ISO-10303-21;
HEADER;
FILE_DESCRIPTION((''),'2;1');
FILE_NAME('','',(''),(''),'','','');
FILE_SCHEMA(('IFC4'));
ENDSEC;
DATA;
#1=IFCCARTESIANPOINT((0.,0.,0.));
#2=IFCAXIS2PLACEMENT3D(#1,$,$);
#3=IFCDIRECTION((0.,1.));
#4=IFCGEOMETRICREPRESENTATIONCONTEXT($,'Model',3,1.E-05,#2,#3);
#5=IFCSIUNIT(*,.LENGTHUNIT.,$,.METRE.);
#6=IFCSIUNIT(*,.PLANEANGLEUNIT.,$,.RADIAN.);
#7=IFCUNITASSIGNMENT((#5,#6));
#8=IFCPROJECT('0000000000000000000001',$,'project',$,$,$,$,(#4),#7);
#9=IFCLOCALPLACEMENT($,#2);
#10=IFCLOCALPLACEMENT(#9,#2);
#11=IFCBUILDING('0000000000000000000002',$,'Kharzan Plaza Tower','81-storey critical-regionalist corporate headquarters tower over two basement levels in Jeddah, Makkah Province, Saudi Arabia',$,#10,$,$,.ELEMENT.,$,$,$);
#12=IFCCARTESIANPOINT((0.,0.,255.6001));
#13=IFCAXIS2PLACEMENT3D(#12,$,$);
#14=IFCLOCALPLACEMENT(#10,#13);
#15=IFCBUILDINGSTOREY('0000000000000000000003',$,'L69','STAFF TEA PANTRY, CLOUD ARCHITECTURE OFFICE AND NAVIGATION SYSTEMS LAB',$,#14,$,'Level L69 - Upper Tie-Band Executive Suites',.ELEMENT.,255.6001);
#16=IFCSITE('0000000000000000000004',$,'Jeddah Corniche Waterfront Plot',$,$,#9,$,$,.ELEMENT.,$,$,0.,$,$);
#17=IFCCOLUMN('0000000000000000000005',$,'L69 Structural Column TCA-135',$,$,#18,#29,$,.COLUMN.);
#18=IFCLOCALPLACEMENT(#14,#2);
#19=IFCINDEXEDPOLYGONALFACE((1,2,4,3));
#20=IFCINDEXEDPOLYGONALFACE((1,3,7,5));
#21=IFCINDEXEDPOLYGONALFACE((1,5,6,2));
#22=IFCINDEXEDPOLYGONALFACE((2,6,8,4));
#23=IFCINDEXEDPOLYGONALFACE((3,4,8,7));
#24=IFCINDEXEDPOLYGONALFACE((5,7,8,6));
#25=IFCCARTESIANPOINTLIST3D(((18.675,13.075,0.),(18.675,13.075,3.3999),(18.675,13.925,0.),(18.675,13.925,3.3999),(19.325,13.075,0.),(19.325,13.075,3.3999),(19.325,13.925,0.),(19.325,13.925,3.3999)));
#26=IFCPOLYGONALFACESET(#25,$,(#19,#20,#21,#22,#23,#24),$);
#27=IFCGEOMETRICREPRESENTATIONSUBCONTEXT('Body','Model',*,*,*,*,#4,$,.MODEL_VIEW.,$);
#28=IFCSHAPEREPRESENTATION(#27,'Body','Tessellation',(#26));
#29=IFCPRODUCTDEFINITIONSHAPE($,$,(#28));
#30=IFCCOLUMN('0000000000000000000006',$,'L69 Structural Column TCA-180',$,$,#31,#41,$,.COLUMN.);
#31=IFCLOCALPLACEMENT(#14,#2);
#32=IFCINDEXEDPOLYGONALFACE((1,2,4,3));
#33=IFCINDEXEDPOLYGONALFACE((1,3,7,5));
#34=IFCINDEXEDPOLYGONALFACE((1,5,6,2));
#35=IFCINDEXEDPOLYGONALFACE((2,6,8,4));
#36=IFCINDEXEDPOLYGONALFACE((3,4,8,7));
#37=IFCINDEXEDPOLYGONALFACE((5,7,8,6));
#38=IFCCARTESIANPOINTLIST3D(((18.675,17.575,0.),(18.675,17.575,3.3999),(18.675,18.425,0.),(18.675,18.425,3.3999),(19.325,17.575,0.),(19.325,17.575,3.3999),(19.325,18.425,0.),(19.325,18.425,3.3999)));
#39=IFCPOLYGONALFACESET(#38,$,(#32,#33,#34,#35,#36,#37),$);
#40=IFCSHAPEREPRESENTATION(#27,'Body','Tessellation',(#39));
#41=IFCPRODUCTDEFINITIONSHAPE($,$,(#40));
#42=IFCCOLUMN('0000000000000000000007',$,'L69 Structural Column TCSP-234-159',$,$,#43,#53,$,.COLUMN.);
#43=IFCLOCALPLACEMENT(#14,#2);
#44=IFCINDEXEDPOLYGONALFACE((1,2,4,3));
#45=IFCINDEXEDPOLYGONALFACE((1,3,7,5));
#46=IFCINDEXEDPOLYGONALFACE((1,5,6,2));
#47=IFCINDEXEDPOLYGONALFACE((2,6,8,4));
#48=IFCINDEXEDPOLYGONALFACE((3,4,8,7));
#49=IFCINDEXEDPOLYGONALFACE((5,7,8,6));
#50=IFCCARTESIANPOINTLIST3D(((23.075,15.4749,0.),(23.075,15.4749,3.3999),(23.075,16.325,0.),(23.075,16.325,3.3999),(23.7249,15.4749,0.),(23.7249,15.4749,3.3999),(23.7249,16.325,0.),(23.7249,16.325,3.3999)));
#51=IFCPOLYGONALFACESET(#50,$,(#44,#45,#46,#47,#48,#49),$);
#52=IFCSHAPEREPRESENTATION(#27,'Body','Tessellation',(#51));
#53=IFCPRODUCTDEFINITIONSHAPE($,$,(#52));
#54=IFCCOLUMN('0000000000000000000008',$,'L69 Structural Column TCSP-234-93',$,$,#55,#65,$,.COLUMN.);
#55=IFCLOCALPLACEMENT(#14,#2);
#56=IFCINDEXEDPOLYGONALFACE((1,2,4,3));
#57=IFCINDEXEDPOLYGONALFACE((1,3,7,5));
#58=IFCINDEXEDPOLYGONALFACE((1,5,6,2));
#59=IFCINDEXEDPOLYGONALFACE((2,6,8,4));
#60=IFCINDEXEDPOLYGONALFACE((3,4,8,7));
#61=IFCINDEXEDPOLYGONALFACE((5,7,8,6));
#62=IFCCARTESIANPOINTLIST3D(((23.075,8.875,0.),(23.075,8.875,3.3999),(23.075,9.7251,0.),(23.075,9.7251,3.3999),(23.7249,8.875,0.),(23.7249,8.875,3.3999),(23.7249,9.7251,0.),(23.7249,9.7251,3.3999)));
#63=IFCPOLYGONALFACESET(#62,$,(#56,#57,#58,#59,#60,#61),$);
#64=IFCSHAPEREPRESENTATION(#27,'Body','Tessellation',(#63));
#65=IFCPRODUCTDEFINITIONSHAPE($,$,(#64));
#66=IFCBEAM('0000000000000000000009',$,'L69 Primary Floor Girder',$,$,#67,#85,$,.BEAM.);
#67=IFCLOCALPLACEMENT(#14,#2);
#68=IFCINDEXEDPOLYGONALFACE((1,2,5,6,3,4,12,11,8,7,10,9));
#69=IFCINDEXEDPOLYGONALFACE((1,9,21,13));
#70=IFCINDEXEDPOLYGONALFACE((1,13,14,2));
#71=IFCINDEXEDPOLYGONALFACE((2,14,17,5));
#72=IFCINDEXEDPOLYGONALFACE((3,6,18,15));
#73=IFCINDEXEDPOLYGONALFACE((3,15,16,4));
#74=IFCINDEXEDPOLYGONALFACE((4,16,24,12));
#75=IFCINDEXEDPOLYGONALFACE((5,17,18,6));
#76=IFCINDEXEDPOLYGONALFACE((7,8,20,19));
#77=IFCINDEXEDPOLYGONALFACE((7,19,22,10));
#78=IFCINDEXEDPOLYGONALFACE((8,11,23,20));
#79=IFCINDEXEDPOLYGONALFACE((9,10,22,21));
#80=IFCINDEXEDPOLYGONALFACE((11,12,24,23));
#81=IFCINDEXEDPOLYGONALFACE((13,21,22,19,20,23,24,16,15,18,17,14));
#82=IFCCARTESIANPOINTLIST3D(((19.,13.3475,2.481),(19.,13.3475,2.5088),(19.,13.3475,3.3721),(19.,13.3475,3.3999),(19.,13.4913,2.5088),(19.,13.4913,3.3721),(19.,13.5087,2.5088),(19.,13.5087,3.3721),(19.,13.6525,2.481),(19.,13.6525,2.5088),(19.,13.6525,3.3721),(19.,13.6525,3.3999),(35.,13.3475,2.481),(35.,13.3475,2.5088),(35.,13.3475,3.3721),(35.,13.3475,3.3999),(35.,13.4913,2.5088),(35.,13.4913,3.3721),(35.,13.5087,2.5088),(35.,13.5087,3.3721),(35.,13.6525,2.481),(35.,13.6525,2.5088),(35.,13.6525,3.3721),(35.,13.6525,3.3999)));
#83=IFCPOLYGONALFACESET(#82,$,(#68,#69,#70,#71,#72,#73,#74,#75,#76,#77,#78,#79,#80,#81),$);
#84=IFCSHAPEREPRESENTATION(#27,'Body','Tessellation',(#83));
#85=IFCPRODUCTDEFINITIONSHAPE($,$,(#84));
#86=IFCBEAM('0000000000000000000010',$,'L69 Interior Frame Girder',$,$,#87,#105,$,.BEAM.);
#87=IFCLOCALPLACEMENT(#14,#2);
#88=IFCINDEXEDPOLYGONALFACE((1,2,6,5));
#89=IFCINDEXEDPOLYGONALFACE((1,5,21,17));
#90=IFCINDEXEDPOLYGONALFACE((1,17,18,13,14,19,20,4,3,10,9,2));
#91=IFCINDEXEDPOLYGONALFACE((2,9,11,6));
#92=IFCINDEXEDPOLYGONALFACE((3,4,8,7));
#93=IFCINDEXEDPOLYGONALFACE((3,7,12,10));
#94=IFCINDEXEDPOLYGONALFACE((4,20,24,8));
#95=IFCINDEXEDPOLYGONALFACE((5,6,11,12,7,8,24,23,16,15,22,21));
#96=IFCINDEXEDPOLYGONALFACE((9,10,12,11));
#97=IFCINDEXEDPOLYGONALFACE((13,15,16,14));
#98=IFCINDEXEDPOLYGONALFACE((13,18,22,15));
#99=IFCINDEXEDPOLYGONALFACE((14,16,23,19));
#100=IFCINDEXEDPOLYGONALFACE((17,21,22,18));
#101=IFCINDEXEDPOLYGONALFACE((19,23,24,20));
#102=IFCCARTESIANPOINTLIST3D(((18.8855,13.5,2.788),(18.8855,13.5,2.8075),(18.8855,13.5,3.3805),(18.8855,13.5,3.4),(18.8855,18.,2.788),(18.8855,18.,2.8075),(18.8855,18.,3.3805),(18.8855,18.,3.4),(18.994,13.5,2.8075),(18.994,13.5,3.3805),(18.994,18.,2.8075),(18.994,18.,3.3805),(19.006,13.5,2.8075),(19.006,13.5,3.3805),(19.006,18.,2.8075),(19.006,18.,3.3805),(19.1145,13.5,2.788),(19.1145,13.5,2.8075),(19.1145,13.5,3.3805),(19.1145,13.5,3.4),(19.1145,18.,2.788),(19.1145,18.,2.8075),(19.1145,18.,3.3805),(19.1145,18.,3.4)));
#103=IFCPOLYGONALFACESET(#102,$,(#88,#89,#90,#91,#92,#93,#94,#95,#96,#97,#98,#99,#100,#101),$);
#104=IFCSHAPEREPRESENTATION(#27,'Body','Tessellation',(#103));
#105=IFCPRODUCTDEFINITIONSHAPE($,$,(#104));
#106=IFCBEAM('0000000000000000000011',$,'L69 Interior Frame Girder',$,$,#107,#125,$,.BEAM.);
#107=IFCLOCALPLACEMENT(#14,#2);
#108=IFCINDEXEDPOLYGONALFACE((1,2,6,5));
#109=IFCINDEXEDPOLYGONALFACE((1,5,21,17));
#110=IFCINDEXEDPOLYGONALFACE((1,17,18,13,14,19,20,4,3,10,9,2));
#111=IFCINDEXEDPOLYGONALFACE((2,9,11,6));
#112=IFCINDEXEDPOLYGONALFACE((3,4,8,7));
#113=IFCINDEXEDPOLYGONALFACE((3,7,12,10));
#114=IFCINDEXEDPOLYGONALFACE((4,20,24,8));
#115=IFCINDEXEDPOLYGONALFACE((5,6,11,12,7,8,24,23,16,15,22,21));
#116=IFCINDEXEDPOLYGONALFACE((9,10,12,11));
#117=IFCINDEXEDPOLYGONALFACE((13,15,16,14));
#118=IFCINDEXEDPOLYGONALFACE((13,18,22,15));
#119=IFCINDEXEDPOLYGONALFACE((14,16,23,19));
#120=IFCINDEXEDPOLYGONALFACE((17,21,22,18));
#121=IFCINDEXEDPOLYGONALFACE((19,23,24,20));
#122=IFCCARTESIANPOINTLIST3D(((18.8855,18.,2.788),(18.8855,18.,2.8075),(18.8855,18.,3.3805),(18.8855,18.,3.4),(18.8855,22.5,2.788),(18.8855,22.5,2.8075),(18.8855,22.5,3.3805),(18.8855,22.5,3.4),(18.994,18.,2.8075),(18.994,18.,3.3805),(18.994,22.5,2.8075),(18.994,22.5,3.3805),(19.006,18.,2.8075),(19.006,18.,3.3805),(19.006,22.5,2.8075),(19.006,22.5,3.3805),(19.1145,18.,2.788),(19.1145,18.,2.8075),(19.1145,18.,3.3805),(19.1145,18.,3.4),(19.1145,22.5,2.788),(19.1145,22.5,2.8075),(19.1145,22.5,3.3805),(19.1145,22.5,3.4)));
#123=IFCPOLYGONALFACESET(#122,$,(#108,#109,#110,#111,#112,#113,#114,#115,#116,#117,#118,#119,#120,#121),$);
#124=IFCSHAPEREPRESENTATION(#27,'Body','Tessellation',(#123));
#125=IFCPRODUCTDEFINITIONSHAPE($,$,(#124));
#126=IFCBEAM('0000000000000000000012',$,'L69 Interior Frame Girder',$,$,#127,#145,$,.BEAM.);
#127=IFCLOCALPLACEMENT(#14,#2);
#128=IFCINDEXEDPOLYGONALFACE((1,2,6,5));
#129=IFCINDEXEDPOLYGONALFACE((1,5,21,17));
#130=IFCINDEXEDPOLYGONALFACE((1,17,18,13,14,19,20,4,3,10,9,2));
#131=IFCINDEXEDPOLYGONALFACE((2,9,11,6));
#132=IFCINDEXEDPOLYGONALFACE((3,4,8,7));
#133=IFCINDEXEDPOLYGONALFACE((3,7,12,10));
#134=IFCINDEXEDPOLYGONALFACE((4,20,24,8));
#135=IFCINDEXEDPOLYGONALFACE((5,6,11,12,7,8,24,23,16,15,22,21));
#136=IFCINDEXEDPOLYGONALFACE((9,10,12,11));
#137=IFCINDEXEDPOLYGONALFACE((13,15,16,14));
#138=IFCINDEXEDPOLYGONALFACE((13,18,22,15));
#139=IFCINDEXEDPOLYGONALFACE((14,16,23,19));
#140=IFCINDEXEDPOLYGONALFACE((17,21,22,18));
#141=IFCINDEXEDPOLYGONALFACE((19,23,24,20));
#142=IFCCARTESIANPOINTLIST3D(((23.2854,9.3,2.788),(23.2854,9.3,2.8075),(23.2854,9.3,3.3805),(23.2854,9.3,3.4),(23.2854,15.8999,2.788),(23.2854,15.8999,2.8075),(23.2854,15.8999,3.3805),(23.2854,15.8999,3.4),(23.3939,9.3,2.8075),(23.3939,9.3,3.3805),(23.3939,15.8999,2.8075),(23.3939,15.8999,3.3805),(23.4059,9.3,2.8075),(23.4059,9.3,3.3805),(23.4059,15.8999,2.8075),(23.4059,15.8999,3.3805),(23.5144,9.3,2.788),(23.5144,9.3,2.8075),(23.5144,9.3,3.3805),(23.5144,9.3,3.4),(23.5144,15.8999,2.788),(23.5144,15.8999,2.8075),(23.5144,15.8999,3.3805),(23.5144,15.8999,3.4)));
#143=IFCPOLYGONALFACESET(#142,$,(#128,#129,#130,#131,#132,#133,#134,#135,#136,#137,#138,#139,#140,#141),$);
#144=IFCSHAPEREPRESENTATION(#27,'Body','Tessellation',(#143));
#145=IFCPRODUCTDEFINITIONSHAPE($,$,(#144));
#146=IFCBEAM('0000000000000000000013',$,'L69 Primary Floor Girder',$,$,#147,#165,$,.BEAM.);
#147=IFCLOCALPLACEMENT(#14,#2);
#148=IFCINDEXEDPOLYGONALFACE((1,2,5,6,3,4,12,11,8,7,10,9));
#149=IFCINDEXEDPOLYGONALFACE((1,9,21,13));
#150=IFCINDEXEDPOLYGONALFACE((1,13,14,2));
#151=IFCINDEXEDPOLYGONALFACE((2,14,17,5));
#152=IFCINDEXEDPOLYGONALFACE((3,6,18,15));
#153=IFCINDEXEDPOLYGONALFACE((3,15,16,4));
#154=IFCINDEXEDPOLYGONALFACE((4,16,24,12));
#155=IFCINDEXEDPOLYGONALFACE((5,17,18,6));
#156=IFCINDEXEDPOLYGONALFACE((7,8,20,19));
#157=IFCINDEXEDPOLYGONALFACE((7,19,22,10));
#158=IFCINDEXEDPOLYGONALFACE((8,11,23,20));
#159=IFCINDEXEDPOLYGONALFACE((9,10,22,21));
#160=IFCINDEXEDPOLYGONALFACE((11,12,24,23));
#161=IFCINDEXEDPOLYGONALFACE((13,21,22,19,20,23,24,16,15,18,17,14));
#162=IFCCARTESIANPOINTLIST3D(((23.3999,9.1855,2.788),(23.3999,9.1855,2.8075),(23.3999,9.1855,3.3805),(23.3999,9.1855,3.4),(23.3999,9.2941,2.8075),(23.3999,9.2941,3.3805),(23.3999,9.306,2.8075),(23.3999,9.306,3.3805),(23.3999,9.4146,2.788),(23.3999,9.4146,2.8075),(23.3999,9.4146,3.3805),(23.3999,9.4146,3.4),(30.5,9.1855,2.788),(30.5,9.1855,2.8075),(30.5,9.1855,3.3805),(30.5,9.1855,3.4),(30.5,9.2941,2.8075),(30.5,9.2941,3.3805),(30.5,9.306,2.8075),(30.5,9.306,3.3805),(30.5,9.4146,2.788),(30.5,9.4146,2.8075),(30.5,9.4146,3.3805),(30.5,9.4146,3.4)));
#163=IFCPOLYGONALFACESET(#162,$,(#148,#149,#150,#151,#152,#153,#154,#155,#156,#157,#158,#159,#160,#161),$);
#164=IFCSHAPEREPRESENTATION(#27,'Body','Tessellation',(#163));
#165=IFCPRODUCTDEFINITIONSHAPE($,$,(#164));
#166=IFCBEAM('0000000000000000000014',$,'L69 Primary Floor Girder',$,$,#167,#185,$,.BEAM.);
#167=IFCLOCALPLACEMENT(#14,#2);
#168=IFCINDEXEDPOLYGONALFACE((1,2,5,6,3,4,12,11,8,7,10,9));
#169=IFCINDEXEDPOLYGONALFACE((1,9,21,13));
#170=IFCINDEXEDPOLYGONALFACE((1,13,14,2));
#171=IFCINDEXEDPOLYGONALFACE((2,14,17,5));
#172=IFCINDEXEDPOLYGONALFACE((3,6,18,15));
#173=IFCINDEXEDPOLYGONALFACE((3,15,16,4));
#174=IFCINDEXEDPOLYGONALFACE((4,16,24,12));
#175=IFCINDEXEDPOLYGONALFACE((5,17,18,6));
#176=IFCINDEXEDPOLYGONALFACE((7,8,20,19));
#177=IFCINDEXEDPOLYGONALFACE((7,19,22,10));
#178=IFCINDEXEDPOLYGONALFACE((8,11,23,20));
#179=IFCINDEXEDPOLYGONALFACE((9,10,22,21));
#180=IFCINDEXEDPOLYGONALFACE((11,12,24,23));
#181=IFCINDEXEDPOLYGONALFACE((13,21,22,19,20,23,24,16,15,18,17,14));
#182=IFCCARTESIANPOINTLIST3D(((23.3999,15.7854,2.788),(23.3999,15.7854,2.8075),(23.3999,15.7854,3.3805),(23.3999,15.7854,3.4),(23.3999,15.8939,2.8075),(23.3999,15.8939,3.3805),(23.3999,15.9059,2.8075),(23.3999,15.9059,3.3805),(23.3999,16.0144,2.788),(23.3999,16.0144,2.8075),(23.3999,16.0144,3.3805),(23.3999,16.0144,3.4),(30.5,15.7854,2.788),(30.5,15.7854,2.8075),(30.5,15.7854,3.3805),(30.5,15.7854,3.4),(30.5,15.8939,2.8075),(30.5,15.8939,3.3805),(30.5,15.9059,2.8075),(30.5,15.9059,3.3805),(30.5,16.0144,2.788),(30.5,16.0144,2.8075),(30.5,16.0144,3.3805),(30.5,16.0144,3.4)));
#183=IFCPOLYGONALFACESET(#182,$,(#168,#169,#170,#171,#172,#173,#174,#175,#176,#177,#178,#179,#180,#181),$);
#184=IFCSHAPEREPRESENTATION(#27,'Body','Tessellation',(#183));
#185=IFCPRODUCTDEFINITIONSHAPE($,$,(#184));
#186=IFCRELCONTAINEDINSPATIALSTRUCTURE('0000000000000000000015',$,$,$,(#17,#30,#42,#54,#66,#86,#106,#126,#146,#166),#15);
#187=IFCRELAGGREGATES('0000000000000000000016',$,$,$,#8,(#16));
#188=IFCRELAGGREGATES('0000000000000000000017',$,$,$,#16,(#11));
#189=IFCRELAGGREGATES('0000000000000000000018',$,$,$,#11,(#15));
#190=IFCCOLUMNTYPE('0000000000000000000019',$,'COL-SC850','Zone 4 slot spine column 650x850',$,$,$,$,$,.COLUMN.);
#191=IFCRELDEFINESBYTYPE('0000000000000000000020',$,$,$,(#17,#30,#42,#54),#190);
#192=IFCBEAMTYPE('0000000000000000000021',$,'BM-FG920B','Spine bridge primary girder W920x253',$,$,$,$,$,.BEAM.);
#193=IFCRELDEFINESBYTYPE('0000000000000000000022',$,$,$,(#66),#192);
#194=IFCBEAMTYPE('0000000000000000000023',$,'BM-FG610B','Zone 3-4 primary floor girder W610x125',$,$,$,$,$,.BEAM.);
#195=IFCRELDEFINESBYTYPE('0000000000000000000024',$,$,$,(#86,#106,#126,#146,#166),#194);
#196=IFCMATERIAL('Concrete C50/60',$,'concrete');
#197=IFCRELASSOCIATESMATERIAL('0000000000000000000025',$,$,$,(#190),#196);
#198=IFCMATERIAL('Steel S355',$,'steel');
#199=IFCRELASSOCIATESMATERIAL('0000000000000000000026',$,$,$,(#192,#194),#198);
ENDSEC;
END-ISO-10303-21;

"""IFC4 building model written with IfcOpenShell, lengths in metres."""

from ifc_helpers import new_model, si_unit, direction, frame, origin, origin_2d, place, context, subcontext, project, spatial, rectangle, i_section, extrude, source, transform, mapped, material, material_profile, profile_set, type_object, element, save


model = new_model("IFC4")

# Units and contexts
model_context = context("Model", 3, precision=1e-05, world=origin(), true_north=direction((0.0, 1.0)))
body_context = subcontext(model_context, "Body", "Model", "MODEL_VIEW")
ifc_project = project(units=[si_unit("LENGTHUNIT", "METRE"), si_unit("PLANEANGLEUNIT", "RADIAN")], contexts=[model_context])

# Site, building, storey
site_placement = place(None, origin())
site = spatial("IfcSite", under=ifc_project, at=site_placement, Name="Jeddah Corniche Waterfront Plot", CompositionType="ELEMENT", RefElevation=0.0)
building_placement = place(site_placement, origin())
building = spatial("IfcBuilding", under=site, at=building_placement, Name="Kharzan Plaza Tower", Description="81-storey critical-regionalist corporate headquarters tower over two basement levels in Jeddah, Makkah Province, Saudi Arabia", CompositionType="ELEMENT")
storey_placement = place(building_placement, frame((0.0, 0.0, 255.6001)))
storey = spatial("IfcBuildingStorey", under=building, at=storey_placement, Name="L69", Description="STAFF TEA PANTRY, CLOUD ARCHITECTURE OFFICE AND NAVIGATION SYSTEMS LAB", LongName="Level L69 - Upper Tie-Band Executive Suites", CompositionType="ELEMENT", Elevation=255.6001)

# Columns
ifc_material_1 = material(Name="Concrete C50/60", Category="concrete")
ifc_material_profile_1 = material_profile(ifc_material_1, rectangle(XDim=0.6499, YDim=0.8501, at=origin_2d()), Name="RC-SC850x650")
ifc_profile_set_1 = profile_set([ifc_material_profile_1], Name="Concrete C50/60")
column_type = type_object("IfcColumnType", Name="COL-SC850", Description="Zone 4 slot spine column 650x850", PredefinedType="COLUMN", material=ifc_profile_set_1)
shared_shape_1 = source(origin(), body_context, "Body", "SweptSolid", [
    extrude(rectangle(XDim=0.6499, YDim=0.8501, at=origin_2d()), origin(), (0.0, 0.0, 1.0), 3.3999),
])
for number, where, z_axis, x_axis, name in (
    (1, (19.0, 13.5, 0.0), (0.0, 0.0, 1.0), (1.0, 0.0, 0.0), "L69 Structural Column TCA-135"),
    (2, (19.0, 18.0, 0.0), (0.0, 0.0, 1.0), (1.0, 0.0, 0.0), "L69 Structural Column TCA-180"),
    (3, (23.3999, 15.8999, 0.0), (0.0, 0.0, 1.0), (1.0, 0.0, 0.0), "L69 Structural Column TCSP-234-159"),
    (4, (23.3999, 9.3, 0.0), (0.0, 0.0, 1.0), (1.0, 0.0, 0.0), "L69 Structural Column TCSP-234-93"),
):
    element("IfcColumn", number, at=place(storey_placement, frame(where, z_axis=z_axis, x_axis=x_axis)), inside=storey, type_object=column_type, Name=name, PredefinedType="COLUMN", context=body_context, shape_type="MappedRepresentation", body=[
        mapped(shared_shape_1, transform((0.0, 0.0, 0.0), x_axis=(1.0, 0.0, 0.0), y_axis=(0.0, 1.0, 0.0), z_axis=(0.0, 0.0, 1.0))),
    ])

# Beams
ifc_material_2 = material(Name="Steel S355", Category="steel")
ifc_material_profile_2 = material_profile(ifc_material_2, i_section(OverallWidth=0.3049, OverallDepth=0.9189, WebThickness=0.0173, FlangeThickness=0.0278, at=origin_2d()), Name="W920x253")
ifc_profile_set_2 = profile_set([ifc_material_profile_2], Name="Steel S355")
beam_type_1 = type_object("IfcBeamType", Name="BM-FG920B", Description="Spine bridge primary girder W920x253", PredefinedType="BEAM", material=ifc_profile_set_2)
shared_shape_2 = source(origin(), body_context, "Body", "SweptSolid", [
    extrude(i_section(OverallWidth=0.3049, OverallDepth=0.9189, WebThickness=0.0173, FlangeThickness=0.0278, at=origin_2d()), origin(), (0.0, 0.0, 1.0), 16.0),
])
beam_1_placement = place(storey_placement, frame((19.0, 13.5, 2.9404), z_axis=(1.0, 0.0, 0.0), x_axis=(0.0, 1.0, 0.0)))
element("IfcBeam", 5, at=beam_1_placement, inside=storey, type_object=beam_type_1, Name="L69 Primary Floor Girder", PredefinedType="BEAM", context=body_context, shape_type="MappedRepresentation", body=[
    mapped(shared_shape_2, transform((0.0, 0.0, 0.0), x_axis=(1.0, 0.0, 0.0), y_axis=(0.0, 1.0, 0.0), z_axis=(0.0, 0.0, 1.0))),
])
ifc_material_profile_3 = material_profile(ifc_material_2, i_section(OverallWidth=0.229, OverallDepth=0.6121, WebThickness=0.012, FlangeThickness=0.0195, at=origin_2d()), Name="W610x125")
ifc_profile_set_3 = profile_set([ifc_material_profile_3], Name="Steel S355")
beam_type_2 = type_object("IfcBeamType", Name="BM-FG610B", Description="Zone 3-4 primary floor girder W610x125", PredefinedType="BEAM", material=ifc_profile_set_3)
shared_shape_3 = source(origin(), body_context, "Body", "SweptSolid", [
    extrude(i_section(OverallWidth=0.229, OverallDepth=0.6121, WebThickness=0.012, FlangeThickness=0.0195, at=origin_2d()), origin(), (0.0, 0.0, 1.0), 4.5),
])
for number, where, z_axis, x_axis, name in (
    (6, (19.0, 13.5, 3.094), (0.0, 1.0, 0.0), (-1.0, 0.0, 0.0), "L69 Interior Frame Girder"),
    (7, (19.0, 18.0, 3.094), (0.0, 1.0, 0.0), (-1.0, 0.0, 0.0), "L69 Interior Frame Girder"),
):
    element("IfcBeam", number, at=place(storey_placement, frame(where, z_axis=z_axis, x_axis=x_axis)), inside=storey, type_object=beam_type_2, Name=name, PredefinedType="BEAM", context=body_context, shape_type="MappedRepresentation", body=[
        mapped(shared_shape_3, transform((0.0, 0.0, 0.0), x_axis=(1.0, 0.0, 0.0), y_axis=(0.0, 1.0, 0.0), z_axis=(0.0, 0.0, 1.0))),
    ])
shared_shape_4 = source(origin(), body_context, "Body", "SweptSolid", [
    extrude(i_section(OverallWidth=0.229, OverallDepth=0.6121, WebThickness=0.012, FlangeThickness=0.0195, at=origin_2d()), origin(), (0.0, 0.0, 1.0), 6.5999),
])
beam_2_placement = place(storey_placement, frame((23.3999, 9.3, 3.094), z_axis=(0.0, 1.0, 0.0), x_axis=(-1.0, 0.0, 0.0)))
element("IfcBeam", 8, at=beam_2_placement, inside=storey, type_object=beam_type_2, Name="L69 Interior Frame Girder", PredefinedType="BEAM", context=body_context, shape_type="MappedRepresentation", body=[
    mapped(shared_shape_4, transform((0.0, 0.0, 0.0), x_axis=(1.0, 0.0, 0.0), y_axis=(0.0, 1.0, 0.0), z_axis=(0.0, 0.0, 1.0))),
])
shared_shape_5 = source(origin(), body_context, "Body", "SweptSolid", [
    extrude(i_section(OverallWidth=0.229, OverallDepth=0.6121, WebThickness=0.012, FlangeThickness=0.0195, at=origin_2d()), origin(), (0.0, 0.0, 1.0), 7.1001),
])
for number, where, z_axis, x_axis, name in (
    (9, (23.3999, 9.3, 3.094), (1.0, 0.0, 0.0), (0.0, 1.0, 0.0), "L69 Primary Floor Girder"),
    (10, (23.3999, 15.8999, 3.094), (1.0, 0.0, 0.0), (0.0, 1.0, 0.0), "L69 Primary Floor Girder"),
):
    element("IfcBeam", number, at=place(storey_placement, frame(where, z_axis=z_axis, x_axis=x_axis)), inside=storey, type_object=beam_type_2, Name=name, PredefinedType="BEAM", context=body_context, shape_type="MappedRepresentation", body=[
        mapped(shared_shape_5, transform((0.0, 0.0, 0.0), x_axis=(1.0, 0.0, 0.0), y_axis=(0.0, 1.0, 0.0), z_axis=(0.0, 0.0, 1.0))),
    ])

save(model, "model.ifc")
